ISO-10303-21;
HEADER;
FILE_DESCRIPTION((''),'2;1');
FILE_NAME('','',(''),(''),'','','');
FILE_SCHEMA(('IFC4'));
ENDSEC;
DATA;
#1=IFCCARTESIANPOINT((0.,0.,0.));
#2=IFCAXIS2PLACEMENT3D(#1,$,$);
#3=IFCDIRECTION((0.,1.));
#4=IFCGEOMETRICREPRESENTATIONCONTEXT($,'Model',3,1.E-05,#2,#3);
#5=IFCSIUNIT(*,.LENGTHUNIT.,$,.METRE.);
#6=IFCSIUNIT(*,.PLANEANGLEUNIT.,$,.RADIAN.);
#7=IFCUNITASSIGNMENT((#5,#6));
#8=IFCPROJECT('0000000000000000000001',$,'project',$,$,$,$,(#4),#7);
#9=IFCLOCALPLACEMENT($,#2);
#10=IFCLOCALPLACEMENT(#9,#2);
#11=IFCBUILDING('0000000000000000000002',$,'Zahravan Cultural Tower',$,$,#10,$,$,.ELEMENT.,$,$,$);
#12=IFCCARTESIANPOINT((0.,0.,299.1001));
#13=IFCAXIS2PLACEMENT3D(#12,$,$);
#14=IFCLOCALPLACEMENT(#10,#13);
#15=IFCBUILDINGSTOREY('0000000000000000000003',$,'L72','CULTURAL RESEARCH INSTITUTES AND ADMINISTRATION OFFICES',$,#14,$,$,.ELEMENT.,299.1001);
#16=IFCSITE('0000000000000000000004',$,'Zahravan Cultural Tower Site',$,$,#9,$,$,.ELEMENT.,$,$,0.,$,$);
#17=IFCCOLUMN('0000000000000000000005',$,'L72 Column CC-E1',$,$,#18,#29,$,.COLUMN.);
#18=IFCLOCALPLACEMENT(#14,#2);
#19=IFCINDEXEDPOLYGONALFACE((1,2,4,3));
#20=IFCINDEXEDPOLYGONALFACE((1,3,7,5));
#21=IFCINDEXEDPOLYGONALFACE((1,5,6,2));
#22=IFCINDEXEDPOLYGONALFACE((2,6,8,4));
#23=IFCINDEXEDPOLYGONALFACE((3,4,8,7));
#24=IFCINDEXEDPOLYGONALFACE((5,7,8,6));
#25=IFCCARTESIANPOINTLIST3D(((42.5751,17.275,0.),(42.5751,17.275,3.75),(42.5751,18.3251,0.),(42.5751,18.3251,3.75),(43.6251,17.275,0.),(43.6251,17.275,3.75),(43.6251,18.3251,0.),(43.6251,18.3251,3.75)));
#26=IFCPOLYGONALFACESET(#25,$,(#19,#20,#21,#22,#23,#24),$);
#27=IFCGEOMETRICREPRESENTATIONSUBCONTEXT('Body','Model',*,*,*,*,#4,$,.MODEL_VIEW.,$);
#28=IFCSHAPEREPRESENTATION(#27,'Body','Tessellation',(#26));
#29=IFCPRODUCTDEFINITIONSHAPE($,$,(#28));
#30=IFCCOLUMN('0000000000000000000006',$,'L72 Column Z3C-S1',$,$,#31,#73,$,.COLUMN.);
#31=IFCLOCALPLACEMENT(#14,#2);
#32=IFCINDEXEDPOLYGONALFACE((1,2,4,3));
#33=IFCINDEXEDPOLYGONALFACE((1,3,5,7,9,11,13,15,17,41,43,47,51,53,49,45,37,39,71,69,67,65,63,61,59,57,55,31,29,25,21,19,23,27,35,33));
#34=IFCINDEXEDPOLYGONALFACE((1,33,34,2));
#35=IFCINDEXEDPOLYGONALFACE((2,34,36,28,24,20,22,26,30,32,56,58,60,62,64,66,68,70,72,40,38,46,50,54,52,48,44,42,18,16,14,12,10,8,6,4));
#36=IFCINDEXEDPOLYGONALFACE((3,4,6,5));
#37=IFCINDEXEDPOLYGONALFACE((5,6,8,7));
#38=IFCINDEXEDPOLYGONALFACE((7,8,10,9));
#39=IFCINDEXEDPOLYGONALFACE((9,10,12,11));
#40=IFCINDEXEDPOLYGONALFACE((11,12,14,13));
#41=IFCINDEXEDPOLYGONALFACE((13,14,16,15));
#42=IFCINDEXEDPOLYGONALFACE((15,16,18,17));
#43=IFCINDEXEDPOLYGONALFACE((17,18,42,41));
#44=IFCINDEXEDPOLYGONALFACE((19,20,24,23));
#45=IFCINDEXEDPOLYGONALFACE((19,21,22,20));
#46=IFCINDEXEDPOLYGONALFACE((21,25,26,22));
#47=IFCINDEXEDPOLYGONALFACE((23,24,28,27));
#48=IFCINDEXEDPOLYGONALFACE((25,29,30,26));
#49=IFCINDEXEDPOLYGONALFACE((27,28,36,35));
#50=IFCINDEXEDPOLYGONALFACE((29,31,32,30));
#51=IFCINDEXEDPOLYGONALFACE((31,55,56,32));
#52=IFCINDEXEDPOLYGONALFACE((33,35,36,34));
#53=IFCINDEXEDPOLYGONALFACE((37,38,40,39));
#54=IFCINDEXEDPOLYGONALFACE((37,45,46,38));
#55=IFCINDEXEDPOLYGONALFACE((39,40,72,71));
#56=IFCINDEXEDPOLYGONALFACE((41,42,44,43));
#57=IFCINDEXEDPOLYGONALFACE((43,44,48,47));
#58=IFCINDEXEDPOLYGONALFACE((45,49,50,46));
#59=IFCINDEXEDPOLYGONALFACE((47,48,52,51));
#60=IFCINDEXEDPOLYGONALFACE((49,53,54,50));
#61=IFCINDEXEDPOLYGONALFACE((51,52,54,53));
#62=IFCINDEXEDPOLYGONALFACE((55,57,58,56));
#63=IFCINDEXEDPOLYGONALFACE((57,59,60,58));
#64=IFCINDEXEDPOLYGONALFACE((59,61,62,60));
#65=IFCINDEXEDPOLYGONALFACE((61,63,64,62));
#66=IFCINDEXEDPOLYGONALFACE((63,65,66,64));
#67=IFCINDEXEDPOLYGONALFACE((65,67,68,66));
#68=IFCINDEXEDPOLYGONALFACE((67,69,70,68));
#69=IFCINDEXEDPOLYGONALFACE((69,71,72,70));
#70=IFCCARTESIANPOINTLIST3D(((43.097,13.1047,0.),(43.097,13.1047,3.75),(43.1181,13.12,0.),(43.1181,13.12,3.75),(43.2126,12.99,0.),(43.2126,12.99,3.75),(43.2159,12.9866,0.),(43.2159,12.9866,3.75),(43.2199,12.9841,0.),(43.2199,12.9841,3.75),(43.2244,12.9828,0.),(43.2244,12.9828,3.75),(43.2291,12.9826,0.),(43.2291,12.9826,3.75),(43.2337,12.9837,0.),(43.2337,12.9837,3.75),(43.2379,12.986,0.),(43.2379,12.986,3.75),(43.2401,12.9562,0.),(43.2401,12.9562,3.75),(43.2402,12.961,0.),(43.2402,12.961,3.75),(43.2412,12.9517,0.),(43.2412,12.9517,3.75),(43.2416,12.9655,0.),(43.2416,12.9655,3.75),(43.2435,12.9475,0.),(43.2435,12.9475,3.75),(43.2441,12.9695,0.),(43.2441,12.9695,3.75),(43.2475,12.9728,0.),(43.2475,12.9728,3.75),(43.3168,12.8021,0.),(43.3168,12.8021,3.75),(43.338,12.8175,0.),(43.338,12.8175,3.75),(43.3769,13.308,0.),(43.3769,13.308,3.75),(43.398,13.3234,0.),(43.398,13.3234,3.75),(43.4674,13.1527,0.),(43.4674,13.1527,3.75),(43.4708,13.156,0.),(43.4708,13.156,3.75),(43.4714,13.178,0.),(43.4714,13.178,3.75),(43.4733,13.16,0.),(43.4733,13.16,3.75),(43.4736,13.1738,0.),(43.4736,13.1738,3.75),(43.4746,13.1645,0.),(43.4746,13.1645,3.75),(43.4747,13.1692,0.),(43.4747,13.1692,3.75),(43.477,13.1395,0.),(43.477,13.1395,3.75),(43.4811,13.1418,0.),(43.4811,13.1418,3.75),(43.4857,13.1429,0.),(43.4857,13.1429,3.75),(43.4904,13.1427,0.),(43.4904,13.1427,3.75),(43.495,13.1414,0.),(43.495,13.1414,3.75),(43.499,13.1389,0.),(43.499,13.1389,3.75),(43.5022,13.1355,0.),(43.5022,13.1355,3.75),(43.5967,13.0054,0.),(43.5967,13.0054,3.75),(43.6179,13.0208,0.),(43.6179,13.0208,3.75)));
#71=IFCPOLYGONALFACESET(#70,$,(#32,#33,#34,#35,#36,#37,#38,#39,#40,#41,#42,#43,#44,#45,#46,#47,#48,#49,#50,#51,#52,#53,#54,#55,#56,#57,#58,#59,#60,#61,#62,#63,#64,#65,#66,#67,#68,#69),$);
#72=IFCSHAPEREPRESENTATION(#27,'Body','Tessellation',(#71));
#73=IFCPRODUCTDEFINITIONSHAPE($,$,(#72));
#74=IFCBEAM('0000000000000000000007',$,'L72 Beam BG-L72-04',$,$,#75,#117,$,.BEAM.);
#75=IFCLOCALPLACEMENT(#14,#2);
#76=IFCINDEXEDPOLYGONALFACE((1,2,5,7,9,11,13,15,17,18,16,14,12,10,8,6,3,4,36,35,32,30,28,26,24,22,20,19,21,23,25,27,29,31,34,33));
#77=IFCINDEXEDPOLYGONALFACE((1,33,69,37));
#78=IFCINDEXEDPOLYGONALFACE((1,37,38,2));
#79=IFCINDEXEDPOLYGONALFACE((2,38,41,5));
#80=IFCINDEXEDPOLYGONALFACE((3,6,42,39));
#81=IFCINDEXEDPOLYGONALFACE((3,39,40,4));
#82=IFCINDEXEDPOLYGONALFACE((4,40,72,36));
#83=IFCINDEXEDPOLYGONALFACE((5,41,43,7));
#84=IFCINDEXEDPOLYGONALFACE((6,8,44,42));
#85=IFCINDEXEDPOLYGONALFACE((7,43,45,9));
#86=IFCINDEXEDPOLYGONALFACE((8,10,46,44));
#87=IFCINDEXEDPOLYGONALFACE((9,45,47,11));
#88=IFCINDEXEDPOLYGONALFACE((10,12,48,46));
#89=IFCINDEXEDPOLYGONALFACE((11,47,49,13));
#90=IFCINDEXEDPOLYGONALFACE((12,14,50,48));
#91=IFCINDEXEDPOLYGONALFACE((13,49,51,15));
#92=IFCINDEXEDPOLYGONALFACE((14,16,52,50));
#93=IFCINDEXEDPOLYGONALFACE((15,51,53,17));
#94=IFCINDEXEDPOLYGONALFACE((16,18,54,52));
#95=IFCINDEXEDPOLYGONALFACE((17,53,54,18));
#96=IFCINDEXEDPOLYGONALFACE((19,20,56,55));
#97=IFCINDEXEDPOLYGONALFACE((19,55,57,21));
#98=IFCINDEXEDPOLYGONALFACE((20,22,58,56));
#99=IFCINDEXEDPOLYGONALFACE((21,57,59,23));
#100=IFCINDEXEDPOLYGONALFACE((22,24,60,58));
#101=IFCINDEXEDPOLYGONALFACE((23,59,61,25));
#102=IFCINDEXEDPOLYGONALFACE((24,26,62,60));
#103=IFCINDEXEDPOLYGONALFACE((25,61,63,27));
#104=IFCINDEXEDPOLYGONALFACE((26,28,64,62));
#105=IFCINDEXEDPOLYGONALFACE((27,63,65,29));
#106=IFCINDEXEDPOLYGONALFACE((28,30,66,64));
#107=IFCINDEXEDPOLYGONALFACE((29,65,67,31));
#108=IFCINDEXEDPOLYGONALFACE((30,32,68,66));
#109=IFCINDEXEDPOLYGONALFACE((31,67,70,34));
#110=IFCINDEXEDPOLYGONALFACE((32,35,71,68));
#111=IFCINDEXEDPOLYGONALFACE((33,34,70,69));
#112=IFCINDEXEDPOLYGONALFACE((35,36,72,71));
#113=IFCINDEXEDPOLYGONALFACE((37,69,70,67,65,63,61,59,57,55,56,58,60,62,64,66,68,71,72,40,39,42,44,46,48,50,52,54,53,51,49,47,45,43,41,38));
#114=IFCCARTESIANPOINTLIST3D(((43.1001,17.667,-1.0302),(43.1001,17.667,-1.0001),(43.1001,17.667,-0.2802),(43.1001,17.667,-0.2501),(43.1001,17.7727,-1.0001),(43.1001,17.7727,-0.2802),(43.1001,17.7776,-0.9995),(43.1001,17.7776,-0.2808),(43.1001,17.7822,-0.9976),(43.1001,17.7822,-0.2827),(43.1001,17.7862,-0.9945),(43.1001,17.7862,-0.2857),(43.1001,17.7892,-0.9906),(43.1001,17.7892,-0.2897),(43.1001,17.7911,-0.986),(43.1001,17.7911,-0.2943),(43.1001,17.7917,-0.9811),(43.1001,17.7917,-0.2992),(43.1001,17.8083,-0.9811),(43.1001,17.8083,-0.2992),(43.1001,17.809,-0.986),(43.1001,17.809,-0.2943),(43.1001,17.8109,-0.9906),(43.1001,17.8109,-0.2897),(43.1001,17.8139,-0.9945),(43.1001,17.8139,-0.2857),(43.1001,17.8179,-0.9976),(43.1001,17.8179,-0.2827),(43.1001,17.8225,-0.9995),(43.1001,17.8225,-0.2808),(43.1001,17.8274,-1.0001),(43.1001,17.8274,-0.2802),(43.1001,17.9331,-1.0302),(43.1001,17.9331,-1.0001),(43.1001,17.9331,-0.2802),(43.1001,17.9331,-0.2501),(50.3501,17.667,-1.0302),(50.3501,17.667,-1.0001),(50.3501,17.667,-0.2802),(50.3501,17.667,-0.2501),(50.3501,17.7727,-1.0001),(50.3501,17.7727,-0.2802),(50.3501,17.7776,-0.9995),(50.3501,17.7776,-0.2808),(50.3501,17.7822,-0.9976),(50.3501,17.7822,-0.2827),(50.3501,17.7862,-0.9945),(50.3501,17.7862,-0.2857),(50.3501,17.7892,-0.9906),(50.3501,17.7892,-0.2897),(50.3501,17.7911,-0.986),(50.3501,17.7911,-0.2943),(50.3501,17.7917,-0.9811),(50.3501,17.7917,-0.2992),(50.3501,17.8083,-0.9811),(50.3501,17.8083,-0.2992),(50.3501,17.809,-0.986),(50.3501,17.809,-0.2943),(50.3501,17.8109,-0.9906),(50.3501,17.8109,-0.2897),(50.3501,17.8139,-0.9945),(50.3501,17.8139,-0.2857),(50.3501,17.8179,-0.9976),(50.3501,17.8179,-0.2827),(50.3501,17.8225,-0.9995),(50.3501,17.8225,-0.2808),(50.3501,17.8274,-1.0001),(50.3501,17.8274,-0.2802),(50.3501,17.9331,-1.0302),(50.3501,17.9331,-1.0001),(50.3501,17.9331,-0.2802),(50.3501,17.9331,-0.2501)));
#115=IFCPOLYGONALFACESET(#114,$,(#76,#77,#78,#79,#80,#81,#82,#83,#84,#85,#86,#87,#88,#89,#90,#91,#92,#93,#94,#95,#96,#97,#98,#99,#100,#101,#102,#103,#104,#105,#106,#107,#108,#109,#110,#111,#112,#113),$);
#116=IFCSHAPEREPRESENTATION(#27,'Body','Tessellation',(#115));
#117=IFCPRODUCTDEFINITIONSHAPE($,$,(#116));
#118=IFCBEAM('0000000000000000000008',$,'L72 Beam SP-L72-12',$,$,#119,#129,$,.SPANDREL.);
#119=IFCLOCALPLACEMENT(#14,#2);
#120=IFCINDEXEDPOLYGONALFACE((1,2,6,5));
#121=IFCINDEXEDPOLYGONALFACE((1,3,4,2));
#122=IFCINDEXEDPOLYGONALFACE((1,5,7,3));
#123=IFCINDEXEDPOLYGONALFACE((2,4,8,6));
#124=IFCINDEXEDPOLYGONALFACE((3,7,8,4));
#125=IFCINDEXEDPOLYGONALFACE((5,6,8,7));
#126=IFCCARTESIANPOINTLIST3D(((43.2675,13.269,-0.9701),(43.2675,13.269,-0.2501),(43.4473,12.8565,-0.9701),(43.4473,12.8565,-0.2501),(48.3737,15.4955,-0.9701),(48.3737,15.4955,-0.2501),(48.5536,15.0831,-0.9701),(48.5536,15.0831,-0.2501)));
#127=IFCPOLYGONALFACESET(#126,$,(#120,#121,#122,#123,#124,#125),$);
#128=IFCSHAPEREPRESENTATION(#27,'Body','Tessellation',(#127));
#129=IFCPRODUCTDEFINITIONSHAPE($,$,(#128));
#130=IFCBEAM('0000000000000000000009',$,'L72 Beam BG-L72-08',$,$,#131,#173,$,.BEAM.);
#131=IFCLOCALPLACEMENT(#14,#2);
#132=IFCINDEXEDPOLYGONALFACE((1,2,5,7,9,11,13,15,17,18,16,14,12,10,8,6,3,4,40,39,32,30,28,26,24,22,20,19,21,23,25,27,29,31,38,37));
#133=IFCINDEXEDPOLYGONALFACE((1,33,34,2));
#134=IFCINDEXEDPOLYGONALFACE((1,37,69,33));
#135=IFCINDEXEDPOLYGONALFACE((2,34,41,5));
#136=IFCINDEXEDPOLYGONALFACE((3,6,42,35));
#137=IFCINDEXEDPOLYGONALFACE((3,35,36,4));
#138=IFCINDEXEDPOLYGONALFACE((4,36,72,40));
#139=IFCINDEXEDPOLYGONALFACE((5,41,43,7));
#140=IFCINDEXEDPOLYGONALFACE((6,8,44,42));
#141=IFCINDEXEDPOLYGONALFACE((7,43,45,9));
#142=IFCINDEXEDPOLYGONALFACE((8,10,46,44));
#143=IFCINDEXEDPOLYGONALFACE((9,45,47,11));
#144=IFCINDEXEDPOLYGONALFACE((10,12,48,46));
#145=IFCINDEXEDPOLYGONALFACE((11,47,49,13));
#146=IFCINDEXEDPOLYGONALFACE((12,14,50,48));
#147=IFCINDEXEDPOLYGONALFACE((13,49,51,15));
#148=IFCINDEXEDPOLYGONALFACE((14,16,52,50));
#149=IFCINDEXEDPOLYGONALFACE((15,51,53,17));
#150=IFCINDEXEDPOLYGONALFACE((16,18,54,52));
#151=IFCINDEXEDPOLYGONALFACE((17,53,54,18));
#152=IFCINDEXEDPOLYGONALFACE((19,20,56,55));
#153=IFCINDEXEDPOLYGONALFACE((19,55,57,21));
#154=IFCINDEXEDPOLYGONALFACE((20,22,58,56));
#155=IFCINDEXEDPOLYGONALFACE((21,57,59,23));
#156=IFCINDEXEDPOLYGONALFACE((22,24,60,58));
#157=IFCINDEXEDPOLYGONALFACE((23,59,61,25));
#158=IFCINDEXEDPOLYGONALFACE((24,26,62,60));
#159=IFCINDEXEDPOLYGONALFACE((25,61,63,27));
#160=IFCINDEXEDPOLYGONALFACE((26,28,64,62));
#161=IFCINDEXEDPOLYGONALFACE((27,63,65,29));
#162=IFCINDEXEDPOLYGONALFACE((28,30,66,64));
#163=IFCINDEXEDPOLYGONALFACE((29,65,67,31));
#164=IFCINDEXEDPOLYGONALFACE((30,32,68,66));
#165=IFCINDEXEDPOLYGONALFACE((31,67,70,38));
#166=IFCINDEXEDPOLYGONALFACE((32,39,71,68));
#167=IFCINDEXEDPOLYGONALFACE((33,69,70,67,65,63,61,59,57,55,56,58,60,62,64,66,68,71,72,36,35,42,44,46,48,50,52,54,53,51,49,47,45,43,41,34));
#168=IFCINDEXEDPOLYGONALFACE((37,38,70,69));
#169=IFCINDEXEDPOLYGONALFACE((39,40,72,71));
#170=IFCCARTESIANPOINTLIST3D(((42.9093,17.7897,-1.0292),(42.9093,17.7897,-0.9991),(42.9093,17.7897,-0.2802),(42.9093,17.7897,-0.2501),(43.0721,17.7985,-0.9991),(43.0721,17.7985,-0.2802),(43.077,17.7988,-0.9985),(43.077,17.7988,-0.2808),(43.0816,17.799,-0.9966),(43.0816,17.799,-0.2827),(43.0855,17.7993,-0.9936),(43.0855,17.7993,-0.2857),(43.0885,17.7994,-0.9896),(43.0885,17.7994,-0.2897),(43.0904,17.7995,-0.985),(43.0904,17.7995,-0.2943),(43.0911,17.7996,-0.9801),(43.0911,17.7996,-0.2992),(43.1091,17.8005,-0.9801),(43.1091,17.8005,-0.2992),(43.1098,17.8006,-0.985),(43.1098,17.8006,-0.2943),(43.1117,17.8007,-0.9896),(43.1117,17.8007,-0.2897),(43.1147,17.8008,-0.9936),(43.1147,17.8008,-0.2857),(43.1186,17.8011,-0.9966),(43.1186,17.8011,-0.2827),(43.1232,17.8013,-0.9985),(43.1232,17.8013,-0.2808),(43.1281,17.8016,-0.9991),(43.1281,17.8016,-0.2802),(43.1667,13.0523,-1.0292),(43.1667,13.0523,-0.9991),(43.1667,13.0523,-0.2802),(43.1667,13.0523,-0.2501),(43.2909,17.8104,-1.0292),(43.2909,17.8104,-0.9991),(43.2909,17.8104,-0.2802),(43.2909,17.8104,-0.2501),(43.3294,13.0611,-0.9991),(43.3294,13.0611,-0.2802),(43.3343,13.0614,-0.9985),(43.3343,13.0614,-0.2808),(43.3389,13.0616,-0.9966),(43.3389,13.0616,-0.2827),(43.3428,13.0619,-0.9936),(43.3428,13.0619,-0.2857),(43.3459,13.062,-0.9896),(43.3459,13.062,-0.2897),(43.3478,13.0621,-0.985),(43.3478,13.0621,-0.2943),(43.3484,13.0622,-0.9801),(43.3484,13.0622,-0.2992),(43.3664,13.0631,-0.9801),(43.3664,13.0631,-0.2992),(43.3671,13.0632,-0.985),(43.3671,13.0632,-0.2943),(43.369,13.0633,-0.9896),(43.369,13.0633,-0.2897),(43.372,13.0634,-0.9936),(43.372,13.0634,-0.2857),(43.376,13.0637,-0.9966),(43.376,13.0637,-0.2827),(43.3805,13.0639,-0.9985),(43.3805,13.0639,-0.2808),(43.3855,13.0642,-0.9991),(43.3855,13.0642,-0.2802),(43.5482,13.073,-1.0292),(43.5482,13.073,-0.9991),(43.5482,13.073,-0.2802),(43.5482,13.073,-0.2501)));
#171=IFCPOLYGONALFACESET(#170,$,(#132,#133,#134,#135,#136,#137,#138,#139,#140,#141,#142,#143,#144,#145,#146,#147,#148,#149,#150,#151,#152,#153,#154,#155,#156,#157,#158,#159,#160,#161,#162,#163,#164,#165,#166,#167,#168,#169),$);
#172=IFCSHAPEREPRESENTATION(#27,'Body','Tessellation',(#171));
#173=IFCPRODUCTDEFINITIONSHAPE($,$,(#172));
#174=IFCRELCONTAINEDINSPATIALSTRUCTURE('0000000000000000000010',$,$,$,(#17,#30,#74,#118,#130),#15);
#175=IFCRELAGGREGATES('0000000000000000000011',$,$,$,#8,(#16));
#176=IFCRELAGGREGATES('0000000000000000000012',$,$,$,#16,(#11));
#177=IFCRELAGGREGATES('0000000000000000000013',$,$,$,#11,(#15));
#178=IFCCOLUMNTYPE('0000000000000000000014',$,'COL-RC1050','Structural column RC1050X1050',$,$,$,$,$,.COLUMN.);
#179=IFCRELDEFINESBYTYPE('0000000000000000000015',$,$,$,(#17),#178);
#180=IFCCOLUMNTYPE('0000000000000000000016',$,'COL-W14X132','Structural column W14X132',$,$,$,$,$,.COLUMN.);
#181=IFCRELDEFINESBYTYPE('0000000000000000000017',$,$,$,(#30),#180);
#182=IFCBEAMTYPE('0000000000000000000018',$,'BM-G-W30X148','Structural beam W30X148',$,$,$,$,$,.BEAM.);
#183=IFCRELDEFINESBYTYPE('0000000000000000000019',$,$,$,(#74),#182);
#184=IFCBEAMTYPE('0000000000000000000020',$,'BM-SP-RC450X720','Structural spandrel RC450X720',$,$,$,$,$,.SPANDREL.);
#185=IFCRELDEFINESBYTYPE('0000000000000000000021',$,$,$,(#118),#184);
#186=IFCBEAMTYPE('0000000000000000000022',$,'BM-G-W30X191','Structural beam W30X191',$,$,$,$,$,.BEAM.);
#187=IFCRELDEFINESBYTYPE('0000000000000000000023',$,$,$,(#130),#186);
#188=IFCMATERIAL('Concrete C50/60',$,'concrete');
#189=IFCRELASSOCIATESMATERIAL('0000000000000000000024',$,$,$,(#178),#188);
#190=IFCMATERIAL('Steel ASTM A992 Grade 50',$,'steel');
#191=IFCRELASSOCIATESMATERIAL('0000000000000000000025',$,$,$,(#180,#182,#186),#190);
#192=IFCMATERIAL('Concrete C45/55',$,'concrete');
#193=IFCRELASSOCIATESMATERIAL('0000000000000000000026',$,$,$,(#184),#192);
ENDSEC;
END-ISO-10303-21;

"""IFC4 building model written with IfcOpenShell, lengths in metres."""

from ifc_helpers import new_model, si_unit, direction, frame, origin, origin_2d, place, context, subcontext, project, spatial, rectangle, i_section, extrude, source, transform, mapped, material, material_profile, profile_set, type_object, element, save


model = new_model("IFC4")

# Units and contexts
model_context = context("Model", 3, precision=1e-05, world=origin(), true_north=direction((0.0, 1.0)))
body_context = subcontext(model_context, "Body", "Model", "MODEL_VIEW")
ifc_project = project(units=[si_unit("LENGTHUNIT", "METRE"), si_unit("PLANEANGLEUNIT", "RADIAN")], contexts=[model_context])

# Site, building, storey
site_placement = place(None, origin())
site = spatial("IfcSite", under=ifc_project, at=site_placement, Name="Zahravan Cultural Tower Site", CompositionType="ELEMENT", RefElevation=0.0)
building_placement = place(site_placement, origin())
building = spatial("IfcBuilding", under=site, at=building_placement, Name="Zahravan Cultural Tower", CompositionType="ELEMENT")
storey_placement = place(building_placement, frame((0.0, 0.0, 299.1001)))
storey = spatial("IfcBuildingStorey", under=building, at=storey_placement, Name="L72", Description="CULTURAL RESEARCH INSTITUTES AND ADMINISTRATION OFFICES", CompositionType="ELEMENT", Elevation=299.1001)

# Columns
ifc_material_1 = material(Name="Concrete C50/60", Category="concrete")
ifc_material_profile_1 = material_profile(ifc_material_1, rectangle(XDim=1.05, YDim=1.05, at=origin_2d()), Name="RC1050X1050")
ifc_profile_set_1 = profile_set([ifc_material_profile_1], Name="Concrete C50/60")
column_type_1 = type_object("IfcColumnType", Name="COL-RC1050", Description="Structural column RC1050X1050", PredefinedType="COLUMN", material=ifc_profile_set_1)
shared_shape_1 = source(origin(), body_context, "Body", "SweptSolid", [
    extrude(rectangle(XDim=1.05, YDim=1.05, at=origin_2d()), origin(), (0.0, 0.0, 1.0), 3.75),
])
column_1_placement = place(storey_placement, frame((43.1001, 17.8, 0.0), z_axis=(0.0, 0.0, 1.0), x_axis=(1.0, 0.0, 0.0)))
element("IfcColumn", 1, at=column_1_placement, inside=storey, type_object=column_type_1, Name="L72 Column CC-E1", PredefinedType="COLUMN", context=body_context, shape_type="MappedRepresentation", body=[
    mapped(shared_shape_1, transform((0.0, 0.0, 0.0), x_axis=(1.0, 0.0, 0.0), y_axis=(0.0, 1.0, 0.0), z_axis=(0.0, 0.0, 1.0), scale=1.0)),
])
ifc_material_2 = material(Name="Steel ASTM A992 Grade 50", Category="steel")
ifc_material_profile_2 = material_profile(ifc_material_2, i_section(OverallWidth=0.374, OverallDepth=0.3721, WebThickness=0.0164, FlangeThickness=0.0261, FilletRadius=0.0181, at=origin_2d()), Name="W14X132")
ifc_profile_set_2 = profile_set([ifc_material_profile_2], Name="Steel ASTM A992 Grade 50")
column_type_2 = type_object("IfcColumnType", Name="COL-W14X132", Description="Structural column W14X132", PredefinedType="COLUMN", material=ifc_profile_set_2)
shared_shape_2 = source(origin(), body_context, "Body", "SweptSolid", [
    extrude(i_section(OverallWidth=0.374, OverallDepth=0.3721, WebThickness=0.0164, FlangeThickness=0.0261, FilletRadius=0.0181, at=origin_2d()), origin(), (0.0, 0.0, 1.0), 3.75),
])
column_2_placement = place(storey_placement, frame((43.3574, 13.0627, 0.0), z_axis=(0.0, 0.0, 1.0), x_axis=(-0.587785, 0.809017, 0.0)))
element("IfcColumn", 2, at=column_2_placement, inside=storey, type_object=column_type_2, Name="L72 Column Z3C-S1", PredefinedType="COLUMN", context=body_context, shape_type="MappedRepresentation", body=[
    mapped(shared_shape_2, transform((0.0, 0.0, 0.0), x_axis=(1.0, 0.0, 0.0), y_axis=(0.0, 1.0, 0.0), z_axis=(0.0, 0.0, 1.0), scale=1.0)),
])

# Beams
ifc_material_profile_3 = material_profile(ifc_material_2, i_section(OverallWidth=0.2661, OverallDepth=0.78, WebThickness=0.0166, FlangeThickness=0.03, FilletRadius=0.019, at=origin_2d()), Name="W30X148")
ifc_profile_set_3 = profile_set([ifc_material_profile_3], Name="Steel ASTM A992 Grade 50")
beam_type_1 = type_object("IfcBeamType", Name="BM-G-W30X148", Description="Structural beam W30X148", PredefinedType="BEAM", material=ifc_profile_set_3)
shared_shape_3 = source(origin(), body_context, "Body", "SweptSolid", [
    extrude(i_section(OverallWidth=0.2661, OverallDepth=0.78, WebThickness=0.0166, FlangeThickness=0.03, FilletRadius=0.019, at=origin_2d()), origin(), (0.0, 0.0, 1.0), 7.25),
])
beam_1_placement = place(storey_placement, frame((43.1001, 17.8, -0.6401), z_axis=(1.0, 0.0, 0.0), x_axis=(0.0, 1.0, 0.0)))
element("IfcBeam", 3, at=beam_1_placement, inside=storey, type_object=beam_type_1, Name="L72 Beam BG-L72-04", PredefinedType="BEAM", context=body_context, shape_type="MappedRepresentation", body=[
    mapped(shared_shape_3, transform((0.0, 0.0, 0.0), x_axis=(1.0, 0.0, 0.0), y_axis=(0.0, 1.0, 0.0), z_axis=(0.0, 0.0, 1.0), scale=1.0)),
])
ifc_material_3 = material(Name="Concrete C45/55", Category="concrete")
ifc_material_profile_4 = material_profile(ifc_material_3, rectangle(XDim=0.45, YDim=0.72, at=origin_2d()), Name="RC450X720")
ifc_profile_set_4 = profile_set([ifc_material_profile_4], Name="Concrete C45/55")
beam_type_2 = type_object("IfcBeamType", Name="BM-SP-RC450X720", Description="Structural spandrel RC450X720", PredefinedType="SPANDREL", material=ifc_profile_set_4)
shared_shape_4 = source(origin(), body_context, "Body", "SweptSolid", [
    extrude(rectangle(XDim=0.45, YDim=0.72, at=origin_2d()), origin(), (0.0, 0.0, 1.0), 5.5706),
])
beam_2_placement = place(storey_placement, frame((43.3574, 13.0627, -0.6101), z_axis=(0.916645, 0.399703, 0.0), x_axis=(-0.399703, 0.916645, 0.0)))
element("IfcBeam", 4, at=beam_2_placement, inside=storey, type_object=beam_type_2, Name="L72 Beam SP-L72-12", PredefinedType="SPANDREL", context=body_context, shape_type="MappedRepresentation", body=[
    mapped(shared_shape_4, transform((0.0, 0.0, 0.0), x_axis=(1.0, 0.0, 0.0), y_axis=(0.0, 1.0, 0.0), z_axis=(0.0, 0.0, 1.0), scale=1.0)),
])
ifc_material_profile_5 = material_profile(ifc_material_2, i_section(OverallWidth=0.3821, OverallDepth=0.7791, WebThickness=0.0181, FlangeThickness=0.03, FilletRadius=0.019, at=origin_2d()), Name="W30X191")
ifc_profile_set_5 = profile_set([ifc_material_profile_5], Name="Steel ASTM A992 Grade 50")
beam_type_3 = type_object("IfcBeamType", Name="BM-G-W30X191", Description="Structural beam W30X191", PredefinedType="BEAM", material=ifc_profile_set_5)
shared_shape_5 = source(origin(), body_context, "Body", "SweptSolid", [
    extrude(i_section(OverallWidth=0.3821, OverallDepth=0.7791, WebThickness=0.0181, FlangeThickness=0.03, FilletRadius=0.019, at=origin_2d()), origin(), (0.0, 0.0, 1.0), 4.7444),
])
beam_3_placement = place(storey_placement, frame((43.1001, 17.8, -0.6396), z_axis=(0.054239, -0.998528, 0.0), x_axis=(0.998528, 0.054239, 0.0)))
element("IfcBeam", 5, at=beam_3_placement, inside=storey, type_object=beam_type_3, Name="L72 Beam BG-L72-08", PredefinedType="BEAM", context=body_context, shape_type="MappedRepresentation", body=[
    mapped(shared_shape_5, transform((0.0, 0.0, 0.0), x_axis=(1.0, 0.0, 0.0), y_axis=(0.0, 1.0, 0.0), z_axis=(0.0, 0.0, 1.0), scale=1.0)),
])

save(model, "model.ifc")
